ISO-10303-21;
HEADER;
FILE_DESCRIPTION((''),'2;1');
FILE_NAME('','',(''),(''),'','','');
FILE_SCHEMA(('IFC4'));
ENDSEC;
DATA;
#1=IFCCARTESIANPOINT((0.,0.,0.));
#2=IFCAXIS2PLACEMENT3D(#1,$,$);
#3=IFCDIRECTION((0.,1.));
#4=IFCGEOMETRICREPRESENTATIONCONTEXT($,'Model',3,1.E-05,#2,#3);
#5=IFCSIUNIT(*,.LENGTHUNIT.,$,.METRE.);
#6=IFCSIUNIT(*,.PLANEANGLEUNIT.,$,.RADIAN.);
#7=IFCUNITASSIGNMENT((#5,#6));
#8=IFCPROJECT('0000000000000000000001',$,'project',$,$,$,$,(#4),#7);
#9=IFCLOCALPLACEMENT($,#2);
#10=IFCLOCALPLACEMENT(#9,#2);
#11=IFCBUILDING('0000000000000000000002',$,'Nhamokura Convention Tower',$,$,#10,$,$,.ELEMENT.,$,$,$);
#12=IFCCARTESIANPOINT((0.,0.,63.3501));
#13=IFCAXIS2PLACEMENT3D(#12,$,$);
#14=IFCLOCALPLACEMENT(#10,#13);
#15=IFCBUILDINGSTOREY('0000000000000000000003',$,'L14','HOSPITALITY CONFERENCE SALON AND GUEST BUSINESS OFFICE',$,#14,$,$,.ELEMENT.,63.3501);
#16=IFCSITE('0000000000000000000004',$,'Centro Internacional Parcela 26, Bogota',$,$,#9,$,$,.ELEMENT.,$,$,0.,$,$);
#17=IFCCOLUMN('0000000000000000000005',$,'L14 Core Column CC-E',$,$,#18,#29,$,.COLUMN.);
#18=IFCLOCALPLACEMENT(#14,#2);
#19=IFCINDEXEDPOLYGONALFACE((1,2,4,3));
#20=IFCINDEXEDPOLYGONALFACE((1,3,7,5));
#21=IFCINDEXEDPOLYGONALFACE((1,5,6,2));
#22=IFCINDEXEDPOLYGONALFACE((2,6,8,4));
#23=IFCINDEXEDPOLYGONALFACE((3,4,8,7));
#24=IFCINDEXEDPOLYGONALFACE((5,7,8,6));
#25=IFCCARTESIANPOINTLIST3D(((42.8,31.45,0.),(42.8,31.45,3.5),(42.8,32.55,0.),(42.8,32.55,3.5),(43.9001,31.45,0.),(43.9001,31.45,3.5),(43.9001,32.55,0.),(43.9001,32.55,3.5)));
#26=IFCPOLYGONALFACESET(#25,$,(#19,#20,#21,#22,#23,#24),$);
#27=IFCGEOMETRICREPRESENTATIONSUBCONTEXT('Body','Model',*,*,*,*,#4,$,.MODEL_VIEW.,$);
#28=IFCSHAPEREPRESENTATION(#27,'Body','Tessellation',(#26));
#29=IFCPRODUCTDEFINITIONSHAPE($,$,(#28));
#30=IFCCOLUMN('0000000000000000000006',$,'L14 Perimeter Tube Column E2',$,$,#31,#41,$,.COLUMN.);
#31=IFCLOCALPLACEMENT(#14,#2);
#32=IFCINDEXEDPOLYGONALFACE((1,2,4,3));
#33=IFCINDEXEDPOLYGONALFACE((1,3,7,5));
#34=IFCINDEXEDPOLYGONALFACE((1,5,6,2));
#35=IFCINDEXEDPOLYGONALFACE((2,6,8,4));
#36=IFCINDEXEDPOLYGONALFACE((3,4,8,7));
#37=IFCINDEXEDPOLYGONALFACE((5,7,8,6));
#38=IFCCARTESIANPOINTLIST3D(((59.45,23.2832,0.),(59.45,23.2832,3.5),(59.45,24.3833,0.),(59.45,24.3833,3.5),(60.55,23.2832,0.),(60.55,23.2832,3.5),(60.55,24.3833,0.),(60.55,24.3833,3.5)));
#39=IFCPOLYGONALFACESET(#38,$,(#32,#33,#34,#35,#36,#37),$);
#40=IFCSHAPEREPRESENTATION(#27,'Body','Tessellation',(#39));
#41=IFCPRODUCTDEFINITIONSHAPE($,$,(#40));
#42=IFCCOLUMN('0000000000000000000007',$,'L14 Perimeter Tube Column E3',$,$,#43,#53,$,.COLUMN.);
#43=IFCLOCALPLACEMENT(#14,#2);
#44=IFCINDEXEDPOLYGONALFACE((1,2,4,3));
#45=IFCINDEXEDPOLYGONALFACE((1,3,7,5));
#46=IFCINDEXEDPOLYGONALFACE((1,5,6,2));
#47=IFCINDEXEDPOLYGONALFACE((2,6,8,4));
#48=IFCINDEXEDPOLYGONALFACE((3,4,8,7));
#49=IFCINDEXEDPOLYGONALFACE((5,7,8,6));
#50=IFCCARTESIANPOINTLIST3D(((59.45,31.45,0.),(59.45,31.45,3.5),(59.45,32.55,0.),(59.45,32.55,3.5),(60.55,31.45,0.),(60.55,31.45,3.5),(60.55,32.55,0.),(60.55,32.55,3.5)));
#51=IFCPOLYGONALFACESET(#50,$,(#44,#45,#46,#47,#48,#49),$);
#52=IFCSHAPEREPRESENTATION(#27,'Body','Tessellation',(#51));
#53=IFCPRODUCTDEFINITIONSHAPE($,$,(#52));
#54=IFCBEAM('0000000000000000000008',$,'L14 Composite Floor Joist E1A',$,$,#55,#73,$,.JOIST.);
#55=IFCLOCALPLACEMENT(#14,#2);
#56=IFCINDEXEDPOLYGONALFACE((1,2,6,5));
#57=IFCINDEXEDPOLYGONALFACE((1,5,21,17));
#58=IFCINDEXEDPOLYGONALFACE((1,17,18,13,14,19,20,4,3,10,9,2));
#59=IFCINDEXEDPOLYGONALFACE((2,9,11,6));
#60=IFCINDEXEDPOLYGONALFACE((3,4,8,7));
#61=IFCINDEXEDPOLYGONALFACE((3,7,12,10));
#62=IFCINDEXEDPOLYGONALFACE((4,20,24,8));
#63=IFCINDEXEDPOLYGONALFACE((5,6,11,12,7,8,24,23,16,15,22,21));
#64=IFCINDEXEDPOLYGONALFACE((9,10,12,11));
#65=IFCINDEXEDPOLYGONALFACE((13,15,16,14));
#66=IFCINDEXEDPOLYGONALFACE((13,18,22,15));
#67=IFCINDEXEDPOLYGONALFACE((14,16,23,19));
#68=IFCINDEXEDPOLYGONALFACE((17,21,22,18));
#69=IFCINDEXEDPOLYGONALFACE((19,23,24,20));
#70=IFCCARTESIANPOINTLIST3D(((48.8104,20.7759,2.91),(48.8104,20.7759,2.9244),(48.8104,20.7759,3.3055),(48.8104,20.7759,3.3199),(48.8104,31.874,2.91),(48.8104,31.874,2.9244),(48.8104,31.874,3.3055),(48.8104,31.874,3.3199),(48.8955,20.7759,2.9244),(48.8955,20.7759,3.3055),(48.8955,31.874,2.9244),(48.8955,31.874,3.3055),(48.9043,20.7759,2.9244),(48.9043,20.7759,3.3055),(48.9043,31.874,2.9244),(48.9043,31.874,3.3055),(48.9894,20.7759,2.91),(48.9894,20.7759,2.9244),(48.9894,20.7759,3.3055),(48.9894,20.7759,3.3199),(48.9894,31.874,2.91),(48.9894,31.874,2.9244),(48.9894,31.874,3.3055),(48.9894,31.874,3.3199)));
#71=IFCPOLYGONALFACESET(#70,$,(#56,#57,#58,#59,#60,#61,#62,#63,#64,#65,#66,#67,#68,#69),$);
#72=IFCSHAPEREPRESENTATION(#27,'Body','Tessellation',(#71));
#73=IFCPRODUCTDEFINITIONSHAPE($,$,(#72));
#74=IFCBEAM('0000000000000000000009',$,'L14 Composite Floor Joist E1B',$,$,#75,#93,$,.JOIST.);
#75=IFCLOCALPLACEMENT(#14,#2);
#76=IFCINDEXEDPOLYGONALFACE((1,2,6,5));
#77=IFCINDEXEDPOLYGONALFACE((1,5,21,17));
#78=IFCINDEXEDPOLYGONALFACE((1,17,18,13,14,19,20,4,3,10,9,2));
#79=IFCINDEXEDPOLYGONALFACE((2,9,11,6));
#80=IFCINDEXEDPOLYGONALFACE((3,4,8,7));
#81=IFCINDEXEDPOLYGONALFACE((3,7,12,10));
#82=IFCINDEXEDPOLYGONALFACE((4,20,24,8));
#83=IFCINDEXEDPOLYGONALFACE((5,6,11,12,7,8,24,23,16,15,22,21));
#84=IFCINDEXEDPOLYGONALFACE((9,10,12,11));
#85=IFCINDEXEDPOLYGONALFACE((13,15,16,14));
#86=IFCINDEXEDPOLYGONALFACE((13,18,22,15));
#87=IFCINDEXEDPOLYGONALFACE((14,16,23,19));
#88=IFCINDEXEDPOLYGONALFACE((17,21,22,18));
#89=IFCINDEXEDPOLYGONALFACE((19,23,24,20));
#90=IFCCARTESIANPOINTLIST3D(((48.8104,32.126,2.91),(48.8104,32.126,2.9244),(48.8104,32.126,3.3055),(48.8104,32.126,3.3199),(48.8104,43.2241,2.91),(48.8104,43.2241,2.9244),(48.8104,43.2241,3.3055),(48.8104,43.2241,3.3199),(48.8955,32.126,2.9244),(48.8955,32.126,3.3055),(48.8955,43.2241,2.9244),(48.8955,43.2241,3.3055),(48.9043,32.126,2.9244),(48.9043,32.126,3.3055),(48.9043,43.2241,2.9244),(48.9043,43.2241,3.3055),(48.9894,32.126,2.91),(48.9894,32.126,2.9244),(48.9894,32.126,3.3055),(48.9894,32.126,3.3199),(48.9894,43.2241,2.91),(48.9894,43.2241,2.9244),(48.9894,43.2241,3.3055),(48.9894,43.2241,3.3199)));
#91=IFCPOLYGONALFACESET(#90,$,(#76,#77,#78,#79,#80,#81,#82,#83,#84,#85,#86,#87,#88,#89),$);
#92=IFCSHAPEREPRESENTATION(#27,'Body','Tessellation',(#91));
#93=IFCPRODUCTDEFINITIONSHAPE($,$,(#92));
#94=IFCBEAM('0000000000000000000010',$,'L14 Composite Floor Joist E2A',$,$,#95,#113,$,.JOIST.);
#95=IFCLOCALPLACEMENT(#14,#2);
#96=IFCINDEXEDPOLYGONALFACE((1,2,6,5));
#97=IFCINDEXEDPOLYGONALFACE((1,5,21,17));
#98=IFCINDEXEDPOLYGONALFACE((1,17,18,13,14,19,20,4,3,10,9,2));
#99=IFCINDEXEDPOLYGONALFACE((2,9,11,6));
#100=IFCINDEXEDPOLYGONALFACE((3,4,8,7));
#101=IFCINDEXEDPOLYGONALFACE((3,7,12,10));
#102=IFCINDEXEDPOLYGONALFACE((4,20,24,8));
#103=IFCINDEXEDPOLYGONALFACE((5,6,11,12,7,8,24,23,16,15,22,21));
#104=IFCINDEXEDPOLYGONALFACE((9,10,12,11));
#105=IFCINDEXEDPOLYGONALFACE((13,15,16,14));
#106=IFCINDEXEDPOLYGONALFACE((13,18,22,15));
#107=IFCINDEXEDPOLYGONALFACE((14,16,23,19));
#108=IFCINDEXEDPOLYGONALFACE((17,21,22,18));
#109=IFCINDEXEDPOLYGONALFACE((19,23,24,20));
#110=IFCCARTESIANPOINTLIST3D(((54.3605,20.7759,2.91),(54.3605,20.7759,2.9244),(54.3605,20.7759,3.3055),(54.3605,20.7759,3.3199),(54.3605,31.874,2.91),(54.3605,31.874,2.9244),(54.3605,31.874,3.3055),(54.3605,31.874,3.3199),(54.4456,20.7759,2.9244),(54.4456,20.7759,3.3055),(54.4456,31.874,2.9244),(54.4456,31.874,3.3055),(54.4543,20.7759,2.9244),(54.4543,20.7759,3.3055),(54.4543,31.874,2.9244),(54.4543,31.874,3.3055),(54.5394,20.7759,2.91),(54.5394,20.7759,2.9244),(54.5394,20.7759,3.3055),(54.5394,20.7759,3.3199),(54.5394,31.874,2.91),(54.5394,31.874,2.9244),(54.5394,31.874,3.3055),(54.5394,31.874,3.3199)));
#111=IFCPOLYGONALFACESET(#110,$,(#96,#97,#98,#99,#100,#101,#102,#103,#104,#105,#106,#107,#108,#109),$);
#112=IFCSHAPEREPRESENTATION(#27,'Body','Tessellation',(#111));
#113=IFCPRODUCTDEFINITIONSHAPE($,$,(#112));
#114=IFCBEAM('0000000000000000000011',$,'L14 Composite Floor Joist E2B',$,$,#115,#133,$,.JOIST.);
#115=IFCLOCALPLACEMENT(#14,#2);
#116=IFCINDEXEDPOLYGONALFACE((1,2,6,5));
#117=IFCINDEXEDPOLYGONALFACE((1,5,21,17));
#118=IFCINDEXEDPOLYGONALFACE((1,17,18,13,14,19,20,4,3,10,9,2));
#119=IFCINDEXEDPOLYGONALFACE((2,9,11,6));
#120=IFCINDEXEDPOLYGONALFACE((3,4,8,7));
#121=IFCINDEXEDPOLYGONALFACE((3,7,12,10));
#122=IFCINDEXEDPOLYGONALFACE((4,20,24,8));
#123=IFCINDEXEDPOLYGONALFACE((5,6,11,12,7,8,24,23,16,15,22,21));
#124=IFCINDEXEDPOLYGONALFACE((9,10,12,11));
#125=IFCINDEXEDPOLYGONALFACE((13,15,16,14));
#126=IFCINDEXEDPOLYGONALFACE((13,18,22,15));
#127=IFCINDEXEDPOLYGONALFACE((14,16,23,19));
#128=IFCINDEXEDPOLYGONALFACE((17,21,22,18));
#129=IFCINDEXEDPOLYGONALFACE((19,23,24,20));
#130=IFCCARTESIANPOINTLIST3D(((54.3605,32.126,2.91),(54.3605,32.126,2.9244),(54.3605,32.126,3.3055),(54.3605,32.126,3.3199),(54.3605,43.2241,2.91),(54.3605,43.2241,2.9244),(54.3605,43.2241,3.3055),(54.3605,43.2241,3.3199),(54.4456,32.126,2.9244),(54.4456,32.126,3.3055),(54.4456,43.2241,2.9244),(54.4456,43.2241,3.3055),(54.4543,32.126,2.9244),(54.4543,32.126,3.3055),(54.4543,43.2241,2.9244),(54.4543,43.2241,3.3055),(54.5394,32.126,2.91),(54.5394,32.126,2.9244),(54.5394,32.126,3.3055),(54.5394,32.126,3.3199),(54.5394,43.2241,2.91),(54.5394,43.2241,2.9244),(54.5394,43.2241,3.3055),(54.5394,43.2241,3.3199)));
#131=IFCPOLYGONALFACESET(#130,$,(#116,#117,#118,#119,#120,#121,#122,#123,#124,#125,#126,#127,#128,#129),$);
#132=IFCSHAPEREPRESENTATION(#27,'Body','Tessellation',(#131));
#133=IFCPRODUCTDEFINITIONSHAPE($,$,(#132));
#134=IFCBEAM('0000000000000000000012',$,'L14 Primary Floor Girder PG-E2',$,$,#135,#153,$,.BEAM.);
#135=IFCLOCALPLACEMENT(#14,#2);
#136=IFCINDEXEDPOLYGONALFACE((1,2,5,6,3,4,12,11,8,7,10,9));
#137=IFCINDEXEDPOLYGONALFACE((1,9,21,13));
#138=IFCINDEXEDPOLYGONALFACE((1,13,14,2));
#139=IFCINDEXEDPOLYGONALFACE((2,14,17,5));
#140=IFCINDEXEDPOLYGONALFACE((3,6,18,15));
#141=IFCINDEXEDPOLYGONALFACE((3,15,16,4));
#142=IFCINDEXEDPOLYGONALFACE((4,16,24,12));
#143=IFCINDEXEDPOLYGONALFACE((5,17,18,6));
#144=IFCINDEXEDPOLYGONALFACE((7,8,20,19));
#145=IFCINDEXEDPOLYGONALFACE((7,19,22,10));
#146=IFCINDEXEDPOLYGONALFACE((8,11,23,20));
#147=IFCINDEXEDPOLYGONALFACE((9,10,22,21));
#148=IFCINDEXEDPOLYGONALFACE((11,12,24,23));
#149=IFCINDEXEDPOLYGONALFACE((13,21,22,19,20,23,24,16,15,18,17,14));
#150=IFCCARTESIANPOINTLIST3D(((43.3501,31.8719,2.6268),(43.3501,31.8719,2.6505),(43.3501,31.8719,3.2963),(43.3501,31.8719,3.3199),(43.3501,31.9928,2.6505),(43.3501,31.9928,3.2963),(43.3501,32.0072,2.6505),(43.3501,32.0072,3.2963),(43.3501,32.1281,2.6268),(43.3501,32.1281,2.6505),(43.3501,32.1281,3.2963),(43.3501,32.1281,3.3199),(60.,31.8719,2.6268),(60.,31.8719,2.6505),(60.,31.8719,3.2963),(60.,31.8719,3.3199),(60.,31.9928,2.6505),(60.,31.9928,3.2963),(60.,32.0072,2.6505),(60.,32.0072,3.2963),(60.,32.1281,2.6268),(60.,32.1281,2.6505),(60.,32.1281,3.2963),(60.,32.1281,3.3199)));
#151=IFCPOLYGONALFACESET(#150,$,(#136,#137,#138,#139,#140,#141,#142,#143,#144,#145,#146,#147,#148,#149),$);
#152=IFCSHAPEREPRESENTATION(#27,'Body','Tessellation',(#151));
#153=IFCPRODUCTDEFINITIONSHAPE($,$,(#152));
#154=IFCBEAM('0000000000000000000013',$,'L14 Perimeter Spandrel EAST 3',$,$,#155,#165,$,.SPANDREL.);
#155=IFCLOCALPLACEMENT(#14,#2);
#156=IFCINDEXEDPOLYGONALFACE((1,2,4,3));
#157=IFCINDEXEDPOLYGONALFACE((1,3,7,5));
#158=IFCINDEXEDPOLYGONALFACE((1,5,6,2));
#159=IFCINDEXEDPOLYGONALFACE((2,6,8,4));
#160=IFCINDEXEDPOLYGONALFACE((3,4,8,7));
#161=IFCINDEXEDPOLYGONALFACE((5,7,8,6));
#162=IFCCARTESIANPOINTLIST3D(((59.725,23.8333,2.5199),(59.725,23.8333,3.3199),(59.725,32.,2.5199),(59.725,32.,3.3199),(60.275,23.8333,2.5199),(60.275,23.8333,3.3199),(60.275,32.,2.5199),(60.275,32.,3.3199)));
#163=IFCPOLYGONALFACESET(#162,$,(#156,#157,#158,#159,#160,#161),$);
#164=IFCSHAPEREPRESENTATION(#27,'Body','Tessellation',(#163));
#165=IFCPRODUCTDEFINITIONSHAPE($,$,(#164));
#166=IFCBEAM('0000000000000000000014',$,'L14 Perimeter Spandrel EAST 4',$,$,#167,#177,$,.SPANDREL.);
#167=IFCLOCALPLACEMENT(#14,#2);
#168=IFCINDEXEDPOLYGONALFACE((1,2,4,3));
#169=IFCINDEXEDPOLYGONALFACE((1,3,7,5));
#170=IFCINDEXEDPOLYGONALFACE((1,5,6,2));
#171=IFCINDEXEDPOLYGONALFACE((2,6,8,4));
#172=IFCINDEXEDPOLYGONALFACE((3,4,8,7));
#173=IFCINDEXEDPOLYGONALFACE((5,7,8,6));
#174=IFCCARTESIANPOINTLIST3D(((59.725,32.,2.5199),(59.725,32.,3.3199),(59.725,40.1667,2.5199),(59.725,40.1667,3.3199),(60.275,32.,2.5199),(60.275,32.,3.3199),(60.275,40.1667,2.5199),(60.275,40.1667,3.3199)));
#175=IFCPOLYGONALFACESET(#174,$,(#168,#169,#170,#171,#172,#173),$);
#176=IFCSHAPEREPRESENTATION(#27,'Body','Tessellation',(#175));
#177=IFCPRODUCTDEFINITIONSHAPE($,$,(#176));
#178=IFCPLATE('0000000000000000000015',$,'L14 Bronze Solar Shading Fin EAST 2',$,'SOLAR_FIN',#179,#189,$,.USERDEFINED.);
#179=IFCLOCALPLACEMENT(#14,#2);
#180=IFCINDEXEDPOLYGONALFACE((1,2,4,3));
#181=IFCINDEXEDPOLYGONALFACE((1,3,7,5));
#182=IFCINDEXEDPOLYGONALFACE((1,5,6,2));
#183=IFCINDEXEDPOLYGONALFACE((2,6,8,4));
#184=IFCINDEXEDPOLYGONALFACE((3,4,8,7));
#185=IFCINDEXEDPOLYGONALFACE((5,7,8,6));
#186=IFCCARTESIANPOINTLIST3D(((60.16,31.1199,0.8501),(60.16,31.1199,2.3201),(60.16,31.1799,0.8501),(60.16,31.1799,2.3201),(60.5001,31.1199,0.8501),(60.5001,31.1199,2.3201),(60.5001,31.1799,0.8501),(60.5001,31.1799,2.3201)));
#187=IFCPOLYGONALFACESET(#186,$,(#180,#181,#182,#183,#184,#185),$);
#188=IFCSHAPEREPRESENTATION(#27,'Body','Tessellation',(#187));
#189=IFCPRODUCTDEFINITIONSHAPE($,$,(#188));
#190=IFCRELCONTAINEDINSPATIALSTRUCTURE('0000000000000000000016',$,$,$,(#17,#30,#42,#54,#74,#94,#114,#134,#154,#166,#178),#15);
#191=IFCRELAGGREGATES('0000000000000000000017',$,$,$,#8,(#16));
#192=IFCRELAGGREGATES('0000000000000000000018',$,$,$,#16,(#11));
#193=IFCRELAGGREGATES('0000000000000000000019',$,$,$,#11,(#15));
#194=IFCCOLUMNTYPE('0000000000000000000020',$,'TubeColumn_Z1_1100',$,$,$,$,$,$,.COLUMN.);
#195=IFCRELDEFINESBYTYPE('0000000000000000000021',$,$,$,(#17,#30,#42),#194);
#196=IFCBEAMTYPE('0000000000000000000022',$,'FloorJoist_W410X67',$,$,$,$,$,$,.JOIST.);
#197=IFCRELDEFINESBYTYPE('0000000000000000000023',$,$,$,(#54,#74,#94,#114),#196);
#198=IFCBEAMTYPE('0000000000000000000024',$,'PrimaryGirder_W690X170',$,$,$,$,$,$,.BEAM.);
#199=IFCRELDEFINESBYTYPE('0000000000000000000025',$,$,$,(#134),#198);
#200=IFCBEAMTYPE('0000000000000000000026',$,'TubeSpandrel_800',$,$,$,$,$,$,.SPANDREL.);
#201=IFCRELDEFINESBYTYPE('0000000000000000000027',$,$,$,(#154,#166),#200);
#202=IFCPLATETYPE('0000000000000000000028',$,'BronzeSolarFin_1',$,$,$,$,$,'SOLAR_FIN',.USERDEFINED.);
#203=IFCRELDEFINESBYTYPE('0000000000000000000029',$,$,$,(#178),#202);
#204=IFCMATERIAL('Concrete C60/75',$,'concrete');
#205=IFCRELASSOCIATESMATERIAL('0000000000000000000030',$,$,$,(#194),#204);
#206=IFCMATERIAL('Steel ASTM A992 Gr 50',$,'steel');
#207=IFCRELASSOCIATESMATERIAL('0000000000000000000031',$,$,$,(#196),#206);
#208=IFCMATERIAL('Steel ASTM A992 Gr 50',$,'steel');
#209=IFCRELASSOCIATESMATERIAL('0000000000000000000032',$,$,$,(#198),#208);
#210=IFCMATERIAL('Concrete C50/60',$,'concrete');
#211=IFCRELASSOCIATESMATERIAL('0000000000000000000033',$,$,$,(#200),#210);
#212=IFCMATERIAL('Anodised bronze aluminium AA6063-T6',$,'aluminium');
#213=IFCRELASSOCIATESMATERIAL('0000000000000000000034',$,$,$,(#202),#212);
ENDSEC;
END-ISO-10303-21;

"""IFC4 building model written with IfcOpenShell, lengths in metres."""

from ifc_helpers import new_model, si_unit, direction, frame, origin, origin_2d, place, context, subcontext, project, spatial, rectangle, i_section, extrude, material, material_profile, profile_set, type_object, element, save


model = new_model("IFC4")

# Units and contexts
model_context = context("Model", 3, precision=1e-05, world=origin(), true_north=direction((0.0, 1.0)))
body_context = subcontext(model_context, "Body", "Model", "MODEL_VIEW")
ifc_project = project(units=[si_unit("LENGTHUNIT", "METRE"), si_unit("PLANEANGLEUNIT", "RADIAN")], contexts=[model_context])

# Site, building, storey
site_placement = place(None, origin())
site = spatial("IfcSite", under=ifc_project, at=site_placement, Name="Centro Internacional Parcela 26, Bogota", CompositionType="ELEMENT", RefElevation=0.0)
building_placement = place(site_placement, origin())
building = spatial("IfcBuilding", under=site, at=building_placement, Name="Nhamokura Convention Tower", CompositionType="ELEMENT")
storey_placement = place(building_placement, frame((0.0, 0.0, 63.3501)))
storey = spatial("IfcBuildingStorey", under=building, at=storey_placement, Name="L14", Description="HOSPITALITY CONFERENCE SALON AND GUEST BUSINESS OFFICE", CompositionType="ELEMENT", Elevation=63.3501)

# Columns
ifc_material_1 = material(Name="Concrete C60/75", Category="concrete")
ifc_material_profile_1 = material_profile(ifc_material_1, rectangle(XDim=1.1001, YDim=1.1001, at=origin_2d()))
ifc_profile_set_1 = profile_set([ifc_material_profile_1], Name="Concrete C60/75")
column_type = type_object("IfcColumnType", Name="TubeColumn_Z1_1100", PredefinedType="COLUMN", material=ifc_profile_set_1)
for number, where, z_axis, x_axis, name in (
    (1, (43.3501, 32.0, 0.0), (0.0, 0.0, 1.0), (1.0, 0.0, 0.0), "L14 Core Column CC-E"),
    (2, (60.0, 23.8333, 0.0), (0.0, 0.0, 1.0), (1.0, 0.0, 0.0), "L14 Perimeter Tube Column E2"),
    (3, (60.0, 32.0, 0.0), (0.0, 0.0, 1.0), (1.0, 0.0, 0.0), "L14 Perimeter Tube Column E3"),
):
    element("IfcColumn", number, at=place(storey_placement, frame(where, z_axis=z_axis, x_axis=x_axis)), inside=storey, type_object=column_type, Name=name, PredefinedType="COLUMN", context=body_context, shape_type="SweptSolid", body=[
        extrude(rectangle(XDim=1.1001, YDim=1.1001, at=origin_2d()), origin(), (0.0, 0.0, 1.0), 3.5),
    ])

# Beams
ifc_material_2 = material(Name="Steel ASTM A992 Gr 50", Category="steel")
ifc_material_profile_2 = material_profile(ifc_material_2, i_section(OverallWidth=0.179, OverallDepth=0.4099, WebThickness=0.0088, FlangeThickness=0.0144, at=origin_2d()))
ifc_profile_set_2 = profile_set([ifc_material_profile_2], Name="Steel ASTM A992 Gr 50")
beam_type_1 = type_object("IfcBeamType", Name="FloorJoist_W410X67", PredefinedType="JOIST", material=ifc_profile_set_2)
for number, where, z_axis, x_axis, name in (
    (4, (48.8999, 20.7759, 3.115), (0.0, 1.0, 0.0), (-1.0, 0.0, 0.0), "L14 Composite Floor Joist E1A"),
    (5, (48.8999, 32.126, 3.115), (0.0, 1.0, 0.0), (-1.0, 0.0, 0.0), "L14 Composite Floor Joist E1B"),
    (6, (54.45, 20.7759, 3.115), (0.0, 1.0, 0.0), (-1.0, 0.0, 0.0), "L14 Composite Floor Joist E2A"),
    (7, (54.45, 32.126, 3.115), (0.0, 1.0, 0.0), (-1.0, 0.0, 0.0), "L14 Composite Floor Joist E2B"),
):
    element("IfcBeam", number, at=place(storey_placement, frame(where, z_axis=z_axis, x_axis=x_axis)), inside=storey, type_object=beam_type_1, Name=name, PredefinedType="JOIST", context=body_context, shape_type="SweptSolid", body=[
        extrude(i_section(OverallWidth=0.179, OverallDepth=0.4099, WebThickness=0.0088, FlangeThickness=0.0144, at=origin_2d()), origin(), (0.0, 0.0, 1.0), 11.0981),
    ])
ifc_material_3 = material(Name="Steel ASTM A992 Gr 50", Category="steel")
ifc_material_profile_3 = material_profile(ifc_material_3, i_section(OverallWidth=0.2561, OverallDepth=0.6931, WebThickness=0.0144, FlangeThickness=0.0237, at=origin_2d()))
ifc_profile_set_3 = profile_set([ifc_material_profile_3], Name="Steel ASTM A992 Gr 50")
beam_type_2 = type_object("IfcBeamType", Name="PrimaryGirder_W690X170", PredefinedType="BEAM", material=ifc_profile_set_3)
beam_placement = place(storey_placement, frame((43.3501, 32.0, 2.9734), z_axis=(1.0, 0.0, 0.0), x_axis=(0.0, 1.0, 0.0)))
element("IfcBeam", 8, at=beam_placement, inside=storey, type_object=beam_type_2, Name="L14 Primary Floor Girder PG-E2", PredefinedType="BEAM", context=body_context, shape_type="SweptSolid", body=[
    extrude(i_section(OverallWidth=0.2561, OverallDepth=0.6931, WebThickness=0.0144, FlangeThickness=0.0237, at=origin_2d()), origin(), (0.0, 0.0, 1.0), 16.6499),
])
ifc_material_4 = material(Name="Concrete C50/60", Category="concrete")
ifc_material_profile_4 = material_profile(ifc_material_4, rectangle(XDim=0.55, YDim=0.8, at=origin_2d()))
ifc_profile_set_4 = profile_set([ifc_material_profile_4], Name="Concrete C50/60")
beam_type_3 = type_object("IfcBeamType", Name="TubeSpandrel_800", PredefinedType="SPANDREL", material=ifc_profile_set_4)
for number, where, z_axis, x_axis, name in (
    (9, (60.0, 23.8333, 2.9199), (0.0, 1.0, 0.0), (-1.0, 0.0, 0.0), "L14 Perimeter Spandrel EAST 3"),
    (10, (60.0, 32.0, 2.9199), (0.0, 1.0, 0.0), (-1.0, 0.0, 0.0), "L14 Perimeter Spandrel EAST 4"),
):
    element("IfcBeam", number, at=place(storey_placement, frame(where, z_axis=z_axis, x_axis=x_axis)), inside=storey, type_object=beam_type_3, Name=name, PredefinedType="SPANDREL", context=body_context, shape_type="SweptSolid", body=[
        extrude(rectangle(XDim=0.55, YDim=0.8, at=origin_2d()), origin(), (0.0, 0.0, 1.0), 8.1667),
    ])

# Plate
ifc_material_5 = material(Name="Anodised bronze aluminium AA6063-T6", Category="aluminium")
plate_type = type_object("IfcPlateType", Name="BronzeSolarFin_1", ElementType="SOLAR_FIN", PredefinedType="USERDEFINED", material=ifc_material_5)
plate_placement = place(storey_placement, frame((60.3301, 31.1499, 0.8501), z_axis=(0.0, 0.0, 1.0), x_axis=(1.0, 0.0, 0.0)))
element("IfcPlate", 11, at=plate_placement, inside=storey, type_object=plate_type, Name="L14 Bronze Solar Shading Fin EAST 2", ObjectType="SOLAR_FIN", PredefinedType="USERDEFINED", context=body_context, shape_type="SweptSolid", body=[
    extrude(rectangle(XDim=0.3401, YDim=0.0601, at=origin_2d()), origin(), (0.0, 0.0, 1.0), 1.47),
])

save(model, "model.ifc")
